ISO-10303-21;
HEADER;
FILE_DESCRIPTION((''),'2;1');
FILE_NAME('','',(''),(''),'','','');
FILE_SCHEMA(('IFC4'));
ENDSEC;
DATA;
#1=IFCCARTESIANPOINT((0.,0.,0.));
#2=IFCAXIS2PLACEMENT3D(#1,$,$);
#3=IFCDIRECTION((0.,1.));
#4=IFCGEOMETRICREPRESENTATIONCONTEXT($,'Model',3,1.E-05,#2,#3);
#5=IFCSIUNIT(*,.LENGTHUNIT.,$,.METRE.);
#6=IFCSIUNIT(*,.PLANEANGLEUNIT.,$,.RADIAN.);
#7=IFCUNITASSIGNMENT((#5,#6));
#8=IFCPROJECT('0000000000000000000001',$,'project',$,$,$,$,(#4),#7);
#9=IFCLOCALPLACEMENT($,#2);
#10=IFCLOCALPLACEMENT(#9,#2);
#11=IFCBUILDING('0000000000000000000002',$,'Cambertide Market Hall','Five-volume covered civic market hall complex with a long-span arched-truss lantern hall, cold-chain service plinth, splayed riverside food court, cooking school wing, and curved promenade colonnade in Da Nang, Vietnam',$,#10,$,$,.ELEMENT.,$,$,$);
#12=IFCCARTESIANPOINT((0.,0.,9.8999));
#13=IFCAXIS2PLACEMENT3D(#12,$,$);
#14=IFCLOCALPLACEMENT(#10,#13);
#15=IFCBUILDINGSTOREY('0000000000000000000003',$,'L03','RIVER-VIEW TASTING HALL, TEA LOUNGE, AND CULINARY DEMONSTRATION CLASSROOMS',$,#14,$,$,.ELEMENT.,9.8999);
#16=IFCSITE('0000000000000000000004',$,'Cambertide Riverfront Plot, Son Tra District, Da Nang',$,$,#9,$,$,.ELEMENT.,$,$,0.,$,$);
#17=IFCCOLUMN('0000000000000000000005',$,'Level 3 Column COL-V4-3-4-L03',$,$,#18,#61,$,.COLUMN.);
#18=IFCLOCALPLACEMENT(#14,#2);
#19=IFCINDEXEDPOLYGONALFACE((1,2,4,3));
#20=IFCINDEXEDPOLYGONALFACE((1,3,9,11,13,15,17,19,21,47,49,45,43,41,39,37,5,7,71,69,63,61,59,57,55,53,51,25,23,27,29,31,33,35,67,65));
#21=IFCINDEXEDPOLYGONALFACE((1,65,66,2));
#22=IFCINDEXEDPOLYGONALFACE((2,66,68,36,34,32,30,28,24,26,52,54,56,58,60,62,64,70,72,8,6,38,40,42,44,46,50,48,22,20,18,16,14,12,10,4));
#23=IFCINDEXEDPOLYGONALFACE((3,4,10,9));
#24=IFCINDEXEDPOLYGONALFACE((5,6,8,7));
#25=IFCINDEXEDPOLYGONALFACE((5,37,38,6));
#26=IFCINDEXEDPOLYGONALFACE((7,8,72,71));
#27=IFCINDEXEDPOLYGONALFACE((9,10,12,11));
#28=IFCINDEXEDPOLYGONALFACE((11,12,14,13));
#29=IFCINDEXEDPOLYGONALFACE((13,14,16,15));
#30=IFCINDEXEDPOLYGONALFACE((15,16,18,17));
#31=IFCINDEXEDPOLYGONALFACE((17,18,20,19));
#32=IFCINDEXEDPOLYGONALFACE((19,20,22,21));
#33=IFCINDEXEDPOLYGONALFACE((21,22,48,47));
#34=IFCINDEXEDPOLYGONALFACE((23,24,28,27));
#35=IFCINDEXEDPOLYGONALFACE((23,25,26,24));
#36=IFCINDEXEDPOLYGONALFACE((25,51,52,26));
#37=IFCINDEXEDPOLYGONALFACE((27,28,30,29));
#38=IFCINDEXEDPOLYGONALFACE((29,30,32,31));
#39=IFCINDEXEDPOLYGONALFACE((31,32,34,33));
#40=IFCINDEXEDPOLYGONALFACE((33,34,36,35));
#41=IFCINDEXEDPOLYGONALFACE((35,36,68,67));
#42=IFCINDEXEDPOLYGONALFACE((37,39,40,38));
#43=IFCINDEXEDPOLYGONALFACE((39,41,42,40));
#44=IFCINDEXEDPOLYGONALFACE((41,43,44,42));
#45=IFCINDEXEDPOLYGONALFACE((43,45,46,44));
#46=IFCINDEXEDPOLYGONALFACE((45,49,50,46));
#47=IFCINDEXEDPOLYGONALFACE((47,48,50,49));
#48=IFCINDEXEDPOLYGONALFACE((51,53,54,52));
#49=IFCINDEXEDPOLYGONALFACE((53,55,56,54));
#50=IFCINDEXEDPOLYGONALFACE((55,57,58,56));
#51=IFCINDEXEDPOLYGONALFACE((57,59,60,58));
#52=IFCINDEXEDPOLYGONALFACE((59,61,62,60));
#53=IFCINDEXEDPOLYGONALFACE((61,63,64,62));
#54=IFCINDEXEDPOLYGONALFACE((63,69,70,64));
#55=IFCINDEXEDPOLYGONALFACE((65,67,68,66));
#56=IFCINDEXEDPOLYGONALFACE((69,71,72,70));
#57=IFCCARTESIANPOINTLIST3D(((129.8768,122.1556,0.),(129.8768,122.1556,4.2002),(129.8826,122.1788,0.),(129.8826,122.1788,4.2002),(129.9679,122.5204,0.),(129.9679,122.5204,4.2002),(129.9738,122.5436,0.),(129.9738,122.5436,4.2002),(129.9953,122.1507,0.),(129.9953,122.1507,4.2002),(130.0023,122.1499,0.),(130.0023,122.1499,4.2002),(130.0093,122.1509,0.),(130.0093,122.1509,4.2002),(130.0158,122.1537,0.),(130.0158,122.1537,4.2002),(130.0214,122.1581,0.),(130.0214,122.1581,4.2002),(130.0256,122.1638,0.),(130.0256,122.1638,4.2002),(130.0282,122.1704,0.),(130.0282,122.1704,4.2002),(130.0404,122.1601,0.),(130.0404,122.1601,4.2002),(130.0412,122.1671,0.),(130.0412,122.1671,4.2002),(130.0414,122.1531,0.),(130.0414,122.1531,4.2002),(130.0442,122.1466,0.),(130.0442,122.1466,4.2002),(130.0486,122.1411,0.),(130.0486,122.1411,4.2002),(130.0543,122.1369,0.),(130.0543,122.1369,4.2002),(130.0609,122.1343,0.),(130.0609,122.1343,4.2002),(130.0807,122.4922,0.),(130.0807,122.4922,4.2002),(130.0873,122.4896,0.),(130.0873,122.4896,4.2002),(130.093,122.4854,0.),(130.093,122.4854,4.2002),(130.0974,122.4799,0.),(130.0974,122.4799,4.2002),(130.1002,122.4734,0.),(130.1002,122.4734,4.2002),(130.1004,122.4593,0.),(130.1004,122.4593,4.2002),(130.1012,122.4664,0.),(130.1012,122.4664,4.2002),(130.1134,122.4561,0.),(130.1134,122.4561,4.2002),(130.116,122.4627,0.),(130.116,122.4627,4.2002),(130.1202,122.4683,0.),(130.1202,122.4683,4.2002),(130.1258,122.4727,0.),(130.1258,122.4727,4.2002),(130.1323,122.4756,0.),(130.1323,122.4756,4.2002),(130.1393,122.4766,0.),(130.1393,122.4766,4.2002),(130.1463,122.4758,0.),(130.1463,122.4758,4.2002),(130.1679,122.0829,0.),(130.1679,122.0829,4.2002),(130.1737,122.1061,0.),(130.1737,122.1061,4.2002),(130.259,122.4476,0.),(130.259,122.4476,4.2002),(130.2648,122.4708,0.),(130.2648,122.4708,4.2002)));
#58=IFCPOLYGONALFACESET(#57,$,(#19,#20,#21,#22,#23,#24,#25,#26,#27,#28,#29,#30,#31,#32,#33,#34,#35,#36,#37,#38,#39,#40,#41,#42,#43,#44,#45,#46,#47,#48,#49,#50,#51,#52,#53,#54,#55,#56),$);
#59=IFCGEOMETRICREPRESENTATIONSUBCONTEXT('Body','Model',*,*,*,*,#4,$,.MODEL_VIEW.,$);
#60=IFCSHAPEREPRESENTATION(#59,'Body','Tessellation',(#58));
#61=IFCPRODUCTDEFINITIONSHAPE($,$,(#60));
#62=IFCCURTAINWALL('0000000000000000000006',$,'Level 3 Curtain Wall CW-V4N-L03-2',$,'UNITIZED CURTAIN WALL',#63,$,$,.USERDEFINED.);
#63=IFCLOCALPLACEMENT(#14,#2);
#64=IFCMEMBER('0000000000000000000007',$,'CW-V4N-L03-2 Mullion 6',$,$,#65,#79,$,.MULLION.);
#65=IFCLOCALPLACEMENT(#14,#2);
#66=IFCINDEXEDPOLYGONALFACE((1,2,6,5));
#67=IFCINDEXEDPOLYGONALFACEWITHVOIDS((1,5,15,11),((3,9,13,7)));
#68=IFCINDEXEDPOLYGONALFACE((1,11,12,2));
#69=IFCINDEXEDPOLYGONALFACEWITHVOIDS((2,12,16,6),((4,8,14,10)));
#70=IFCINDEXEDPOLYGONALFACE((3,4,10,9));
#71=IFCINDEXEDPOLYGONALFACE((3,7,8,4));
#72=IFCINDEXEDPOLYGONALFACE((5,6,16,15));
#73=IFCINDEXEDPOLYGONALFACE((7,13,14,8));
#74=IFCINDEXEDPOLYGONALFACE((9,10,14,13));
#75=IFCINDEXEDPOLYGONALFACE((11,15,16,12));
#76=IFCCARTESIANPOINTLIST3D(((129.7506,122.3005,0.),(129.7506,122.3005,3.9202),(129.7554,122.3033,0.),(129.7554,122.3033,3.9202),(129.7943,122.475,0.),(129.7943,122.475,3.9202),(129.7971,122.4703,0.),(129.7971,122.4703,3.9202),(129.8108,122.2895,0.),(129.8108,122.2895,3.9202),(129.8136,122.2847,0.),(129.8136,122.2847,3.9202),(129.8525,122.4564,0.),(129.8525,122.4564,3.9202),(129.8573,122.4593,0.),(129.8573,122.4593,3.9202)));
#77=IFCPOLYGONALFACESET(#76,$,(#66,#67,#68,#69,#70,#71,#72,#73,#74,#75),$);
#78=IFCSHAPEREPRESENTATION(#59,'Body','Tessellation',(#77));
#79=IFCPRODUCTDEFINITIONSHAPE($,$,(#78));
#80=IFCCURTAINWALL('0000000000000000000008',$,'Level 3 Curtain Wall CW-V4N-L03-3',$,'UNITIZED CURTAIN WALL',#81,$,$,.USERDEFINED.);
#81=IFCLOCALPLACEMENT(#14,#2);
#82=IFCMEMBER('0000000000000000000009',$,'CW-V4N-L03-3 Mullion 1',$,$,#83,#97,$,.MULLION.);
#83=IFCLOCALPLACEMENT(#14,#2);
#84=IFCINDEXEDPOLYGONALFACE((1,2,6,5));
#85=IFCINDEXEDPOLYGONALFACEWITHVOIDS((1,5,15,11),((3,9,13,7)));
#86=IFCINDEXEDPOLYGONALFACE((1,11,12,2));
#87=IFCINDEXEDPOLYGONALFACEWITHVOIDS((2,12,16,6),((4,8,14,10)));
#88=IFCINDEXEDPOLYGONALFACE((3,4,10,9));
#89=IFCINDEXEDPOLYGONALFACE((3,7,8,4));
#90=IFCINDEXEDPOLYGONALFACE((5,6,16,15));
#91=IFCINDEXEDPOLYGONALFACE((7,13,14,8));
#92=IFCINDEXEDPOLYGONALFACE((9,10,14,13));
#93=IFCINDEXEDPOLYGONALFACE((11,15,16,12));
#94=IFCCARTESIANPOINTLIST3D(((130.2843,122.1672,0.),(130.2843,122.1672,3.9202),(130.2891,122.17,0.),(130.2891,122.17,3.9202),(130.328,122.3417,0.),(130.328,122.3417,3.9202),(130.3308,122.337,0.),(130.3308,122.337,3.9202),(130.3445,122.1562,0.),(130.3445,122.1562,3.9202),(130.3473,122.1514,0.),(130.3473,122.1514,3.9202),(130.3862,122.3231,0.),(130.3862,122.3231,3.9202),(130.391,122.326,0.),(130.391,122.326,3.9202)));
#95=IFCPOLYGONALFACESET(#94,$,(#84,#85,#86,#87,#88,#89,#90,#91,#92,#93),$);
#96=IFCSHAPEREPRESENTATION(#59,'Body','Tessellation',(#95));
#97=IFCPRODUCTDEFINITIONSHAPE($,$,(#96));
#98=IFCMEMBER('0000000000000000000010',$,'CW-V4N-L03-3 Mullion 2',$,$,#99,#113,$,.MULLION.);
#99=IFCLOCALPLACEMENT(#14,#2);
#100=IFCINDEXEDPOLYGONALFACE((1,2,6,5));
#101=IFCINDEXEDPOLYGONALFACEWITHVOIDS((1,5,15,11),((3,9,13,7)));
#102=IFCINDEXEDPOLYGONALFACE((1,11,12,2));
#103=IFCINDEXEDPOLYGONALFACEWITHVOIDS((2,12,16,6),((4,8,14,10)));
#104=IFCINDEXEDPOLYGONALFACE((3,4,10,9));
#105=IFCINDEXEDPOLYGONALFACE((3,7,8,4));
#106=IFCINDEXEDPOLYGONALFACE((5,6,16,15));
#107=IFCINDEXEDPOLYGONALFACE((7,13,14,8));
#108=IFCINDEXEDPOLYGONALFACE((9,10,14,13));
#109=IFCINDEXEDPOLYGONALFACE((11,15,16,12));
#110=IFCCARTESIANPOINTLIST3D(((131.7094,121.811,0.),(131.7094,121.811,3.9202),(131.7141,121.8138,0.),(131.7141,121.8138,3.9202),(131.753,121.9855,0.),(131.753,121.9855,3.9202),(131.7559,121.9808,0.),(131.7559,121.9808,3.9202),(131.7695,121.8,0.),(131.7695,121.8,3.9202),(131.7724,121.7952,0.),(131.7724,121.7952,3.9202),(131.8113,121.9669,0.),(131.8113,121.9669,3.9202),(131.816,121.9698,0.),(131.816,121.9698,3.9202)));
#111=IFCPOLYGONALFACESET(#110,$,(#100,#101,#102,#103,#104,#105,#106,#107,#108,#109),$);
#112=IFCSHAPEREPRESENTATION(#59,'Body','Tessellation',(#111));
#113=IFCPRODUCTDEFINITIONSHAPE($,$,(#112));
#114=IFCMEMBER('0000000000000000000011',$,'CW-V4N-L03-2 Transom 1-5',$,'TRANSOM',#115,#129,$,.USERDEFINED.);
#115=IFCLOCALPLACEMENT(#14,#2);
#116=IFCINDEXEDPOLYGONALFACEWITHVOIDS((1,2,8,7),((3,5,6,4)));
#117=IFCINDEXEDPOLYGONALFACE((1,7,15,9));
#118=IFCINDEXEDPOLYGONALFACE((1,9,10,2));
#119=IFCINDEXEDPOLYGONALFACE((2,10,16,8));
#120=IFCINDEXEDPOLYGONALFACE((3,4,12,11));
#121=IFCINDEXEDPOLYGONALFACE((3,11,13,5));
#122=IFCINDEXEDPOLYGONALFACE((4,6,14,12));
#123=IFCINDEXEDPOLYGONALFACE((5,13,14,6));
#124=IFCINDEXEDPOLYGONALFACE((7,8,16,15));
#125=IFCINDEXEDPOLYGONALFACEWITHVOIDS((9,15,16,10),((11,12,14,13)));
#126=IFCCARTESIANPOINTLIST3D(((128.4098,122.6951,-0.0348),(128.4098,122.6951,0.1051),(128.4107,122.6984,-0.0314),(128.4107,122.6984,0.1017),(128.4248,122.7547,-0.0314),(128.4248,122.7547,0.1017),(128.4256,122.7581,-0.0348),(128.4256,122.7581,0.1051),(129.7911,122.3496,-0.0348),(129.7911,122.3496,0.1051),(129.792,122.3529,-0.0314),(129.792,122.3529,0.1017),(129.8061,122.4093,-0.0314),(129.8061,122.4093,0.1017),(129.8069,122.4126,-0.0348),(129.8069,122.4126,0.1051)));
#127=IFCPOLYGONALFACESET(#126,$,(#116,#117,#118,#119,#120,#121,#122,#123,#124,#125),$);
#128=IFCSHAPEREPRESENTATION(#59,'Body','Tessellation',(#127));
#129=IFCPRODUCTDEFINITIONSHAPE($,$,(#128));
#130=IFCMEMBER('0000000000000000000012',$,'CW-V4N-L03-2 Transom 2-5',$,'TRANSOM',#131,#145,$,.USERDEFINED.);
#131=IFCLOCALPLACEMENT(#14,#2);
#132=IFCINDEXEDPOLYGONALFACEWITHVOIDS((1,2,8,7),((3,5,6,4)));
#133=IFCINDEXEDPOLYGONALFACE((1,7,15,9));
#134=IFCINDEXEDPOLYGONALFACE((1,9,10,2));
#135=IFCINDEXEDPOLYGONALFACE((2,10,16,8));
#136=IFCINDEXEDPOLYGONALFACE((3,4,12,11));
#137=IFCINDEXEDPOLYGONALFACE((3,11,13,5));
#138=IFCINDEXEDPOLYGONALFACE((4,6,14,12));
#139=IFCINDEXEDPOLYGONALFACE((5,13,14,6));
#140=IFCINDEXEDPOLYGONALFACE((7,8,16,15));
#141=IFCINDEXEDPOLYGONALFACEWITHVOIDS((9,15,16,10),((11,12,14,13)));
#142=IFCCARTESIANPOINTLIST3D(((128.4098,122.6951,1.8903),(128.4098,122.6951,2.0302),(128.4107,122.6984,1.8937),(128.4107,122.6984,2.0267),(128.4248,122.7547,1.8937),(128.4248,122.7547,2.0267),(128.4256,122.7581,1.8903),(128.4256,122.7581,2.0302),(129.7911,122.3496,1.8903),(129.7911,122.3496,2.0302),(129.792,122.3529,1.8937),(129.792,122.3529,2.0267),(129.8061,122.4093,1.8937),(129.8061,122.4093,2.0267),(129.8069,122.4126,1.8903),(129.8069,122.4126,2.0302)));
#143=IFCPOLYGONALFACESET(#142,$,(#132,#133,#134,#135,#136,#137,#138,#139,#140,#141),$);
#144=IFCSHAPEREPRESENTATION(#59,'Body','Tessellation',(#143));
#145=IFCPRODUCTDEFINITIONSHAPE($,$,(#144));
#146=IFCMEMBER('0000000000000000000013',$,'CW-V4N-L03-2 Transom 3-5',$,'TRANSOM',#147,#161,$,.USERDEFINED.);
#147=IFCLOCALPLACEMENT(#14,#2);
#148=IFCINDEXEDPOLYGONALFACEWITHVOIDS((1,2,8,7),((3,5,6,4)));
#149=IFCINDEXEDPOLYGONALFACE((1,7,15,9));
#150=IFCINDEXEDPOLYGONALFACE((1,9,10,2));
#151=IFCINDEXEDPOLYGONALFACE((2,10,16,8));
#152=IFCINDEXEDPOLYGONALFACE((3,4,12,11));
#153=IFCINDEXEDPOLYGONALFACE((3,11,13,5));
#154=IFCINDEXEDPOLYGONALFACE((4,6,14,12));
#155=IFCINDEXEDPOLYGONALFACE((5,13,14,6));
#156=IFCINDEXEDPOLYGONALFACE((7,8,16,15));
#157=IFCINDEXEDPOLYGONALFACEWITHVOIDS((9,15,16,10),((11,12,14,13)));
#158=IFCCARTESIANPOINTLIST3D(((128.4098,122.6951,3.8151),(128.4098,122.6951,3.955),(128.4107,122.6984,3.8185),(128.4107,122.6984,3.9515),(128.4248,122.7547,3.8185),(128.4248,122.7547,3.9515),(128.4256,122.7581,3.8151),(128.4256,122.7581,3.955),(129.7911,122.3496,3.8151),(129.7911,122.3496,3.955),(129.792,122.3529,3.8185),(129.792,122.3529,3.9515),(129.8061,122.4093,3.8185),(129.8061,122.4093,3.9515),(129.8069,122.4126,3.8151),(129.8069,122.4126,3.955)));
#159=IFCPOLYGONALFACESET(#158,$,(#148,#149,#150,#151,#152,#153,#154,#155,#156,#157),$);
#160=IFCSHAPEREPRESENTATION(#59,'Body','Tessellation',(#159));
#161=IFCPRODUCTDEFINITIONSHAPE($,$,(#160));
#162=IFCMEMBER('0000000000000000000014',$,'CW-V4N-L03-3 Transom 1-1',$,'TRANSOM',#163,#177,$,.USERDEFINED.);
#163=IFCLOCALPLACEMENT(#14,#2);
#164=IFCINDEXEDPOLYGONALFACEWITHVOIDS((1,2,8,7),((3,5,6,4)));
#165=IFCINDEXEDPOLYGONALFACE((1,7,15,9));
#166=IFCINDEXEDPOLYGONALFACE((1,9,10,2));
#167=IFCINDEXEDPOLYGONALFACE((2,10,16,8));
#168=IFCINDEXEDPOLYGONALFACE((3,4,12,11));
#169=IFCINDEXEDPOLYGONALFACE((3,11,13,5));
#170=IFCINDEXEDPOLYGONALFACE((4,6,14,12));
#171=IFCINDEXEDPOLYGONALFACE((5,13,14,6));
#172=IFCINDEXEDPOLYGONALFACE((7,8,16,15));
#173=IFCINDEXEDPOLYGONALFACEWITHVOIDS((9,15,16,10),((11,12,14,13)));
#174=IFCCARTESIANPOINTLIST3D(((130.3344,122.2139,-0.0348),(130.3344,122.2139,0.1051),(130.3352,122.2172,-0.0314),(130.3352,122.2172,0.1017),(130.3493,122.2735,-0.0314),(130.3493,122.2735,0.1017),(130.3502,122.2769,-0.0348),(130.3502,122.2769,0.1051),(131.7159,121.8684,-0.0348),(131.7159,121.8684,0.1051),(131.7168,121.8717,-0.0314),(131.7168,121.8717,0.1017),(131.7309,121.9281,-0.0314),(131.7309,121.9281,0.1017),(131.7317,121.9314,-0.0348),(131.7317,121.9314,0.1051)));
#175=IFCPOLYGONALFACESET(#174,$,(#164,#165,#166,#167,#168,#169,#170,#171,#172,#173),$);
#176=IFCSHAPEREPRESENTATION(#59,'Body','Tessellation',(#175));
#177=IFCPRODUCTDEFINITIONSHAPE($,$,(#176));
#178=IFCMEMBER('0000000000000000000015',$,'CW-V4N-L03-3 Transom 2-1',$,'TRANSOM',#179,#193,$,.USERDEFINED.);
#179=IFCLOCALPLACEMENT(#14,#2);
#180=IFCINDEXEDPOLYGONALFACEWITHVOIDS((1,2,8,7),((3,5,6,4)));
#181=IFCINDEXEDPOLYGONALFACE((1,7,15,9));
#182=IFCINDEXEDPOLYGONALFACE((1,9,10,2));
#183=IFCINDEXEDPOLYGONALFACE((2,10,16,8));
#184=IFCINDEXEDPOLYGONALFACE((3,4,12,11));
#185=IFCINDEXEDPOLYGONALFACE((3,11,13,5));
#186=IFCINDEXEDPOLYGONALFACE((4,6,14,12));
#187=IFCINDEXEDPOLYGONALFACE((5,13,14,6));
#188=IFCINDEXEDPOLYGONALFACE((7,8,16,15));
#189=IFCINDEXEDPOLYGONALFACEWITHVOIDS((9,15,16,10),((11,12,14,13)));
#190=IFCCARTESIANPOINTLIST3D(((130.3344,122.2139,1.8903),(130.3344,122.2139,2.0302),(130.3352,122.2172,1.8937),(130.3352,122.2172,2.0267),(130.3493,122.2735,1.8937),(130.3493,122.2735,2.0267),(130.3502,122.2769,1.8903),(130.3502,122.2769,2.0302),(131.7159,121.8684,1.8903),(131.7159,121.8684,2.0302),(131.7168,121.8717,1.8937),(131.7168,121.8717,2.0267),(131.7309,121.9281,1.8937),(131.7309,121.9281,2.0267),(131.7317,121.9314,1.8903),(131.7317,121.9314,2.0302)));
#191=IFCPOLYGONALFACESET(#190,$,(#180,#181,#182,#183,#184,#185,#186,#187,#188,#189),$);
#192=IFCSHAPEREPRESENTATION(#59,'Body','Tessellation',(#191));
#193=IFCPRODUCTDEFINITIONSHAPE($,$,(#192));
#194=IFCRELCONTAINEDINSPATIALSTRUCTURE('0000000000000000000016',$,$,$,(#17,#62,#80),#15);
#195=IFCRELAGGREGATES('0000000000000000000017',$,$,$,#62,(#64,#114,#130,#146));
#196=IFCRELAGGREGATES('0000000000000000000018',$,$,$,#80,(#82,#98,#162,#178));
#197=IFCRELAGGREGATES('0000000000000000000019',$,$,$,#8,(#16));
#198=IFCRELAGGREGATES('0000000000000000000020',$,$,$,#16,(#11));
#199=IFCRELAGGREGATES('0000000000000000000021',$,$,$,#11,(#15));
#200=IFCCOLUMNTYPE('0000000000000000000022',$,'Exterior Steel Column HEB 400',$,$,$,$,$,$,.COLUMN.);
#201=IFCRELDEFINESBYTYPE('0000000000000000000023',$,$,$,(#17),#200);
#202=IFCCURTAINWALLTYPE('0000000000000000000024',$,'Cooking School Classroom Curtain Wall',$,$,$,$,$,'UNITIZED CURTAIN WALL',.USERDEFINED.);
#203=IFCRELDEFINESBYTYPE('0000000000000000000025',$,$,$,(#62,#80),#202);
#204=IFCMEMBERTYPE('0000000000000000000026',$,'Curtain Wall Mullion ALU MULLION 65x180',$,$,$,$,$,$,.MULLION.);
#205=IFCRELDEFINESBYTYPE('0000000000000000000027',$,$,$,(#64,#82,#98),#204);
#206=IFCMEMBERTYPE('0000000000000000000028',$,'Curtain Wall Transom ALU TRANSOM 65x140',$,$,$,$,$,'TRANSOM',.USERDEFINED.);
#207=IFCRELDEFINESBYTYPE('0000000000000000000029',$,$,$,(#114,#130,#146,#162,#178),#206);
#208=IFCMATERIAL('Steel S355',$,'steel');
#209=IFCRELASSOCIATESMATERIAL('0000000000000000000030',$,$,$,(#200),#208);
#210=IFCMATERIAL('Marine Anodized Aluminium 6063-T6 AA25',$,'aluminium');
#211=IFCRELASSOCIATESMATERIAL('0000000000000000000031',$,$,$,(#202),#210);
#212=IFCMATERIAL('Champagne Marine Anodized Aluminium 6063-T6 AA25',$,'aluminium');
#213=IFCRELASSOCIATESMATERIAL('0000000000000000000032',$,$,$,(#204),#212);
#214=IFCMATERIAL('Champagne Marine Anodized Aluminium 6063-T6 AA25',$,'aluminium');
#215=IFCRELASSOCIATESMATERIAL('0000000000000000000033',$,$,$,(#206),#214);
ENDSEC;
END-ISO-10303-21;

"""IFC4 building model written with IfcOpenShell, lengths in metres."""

from ifc_helpers import new_model, si_unit, direction, frame, origin, origin_2d, place, context, subcontext, project, spatial, hollow_rectangle, i_section, extrude, material, material_profile, profile_set, type_object, element, aggregate, save


model = new_model("IFC4")

# Units and contexts
model_context = context("Model", 3, precision=1e-05, world=origin(), true_north=direction((0.0, 1.0)))
body_context = subcontext(model_context, "Body", "Model", "MODEL_VIEW")
ifc_project = project(units=[si_unit("LENGTHUNIT", "METRE"), si_unit("PLANEANGLEUNIT", "RADIAN")], contexts=[model_context])

# Site, building, storey
site_placement = place(None, origin())
site = spatial("IfcSite", under=ifc_project, at=site_placement, Name="Cambertide Riverfront Plot, Son Tra District, Da Nang", CompositionType="ELEMENT", RefElevation=0.0)
building_placement = place(site_placement, origin())
building = spatial("IfcBuilding", under=site, at=building_placement, Name="Cambertide Market Hall", Description="Five-volume covered civic market hall complex with a long-span arched-truss lantern hall, cold-chain service plinth, splayed riverside food court, cooking school wing, and curved promenade colonnade in Da Nang, Vietnam", CompositionType="ELEMENT")
storey_placement = place(building_placement, frame((0.0, 0.0, 9.8999)))
storey = spatial("IfcBuildingStorey", under=building, at=storey_placement, Name="L03", Description="RIVER-VIEW TASTING HALL, TEA LOUNGE, AND CULINARY DEMONSTRATION CLASSROOMS", CompositionType="ELEMENT", Elevation=9.8999)

# Column
ifc_material_1 = material(Name="Steel S355", Category="steel")
ifc_material_profile_1 = material_profile(ifc_material_1, i_section(OverallWidth=0.3, OverallDepth=0.3999, WebThickness=0.0134, FlangeThickness=0.0239, FilletRadius=0.0271, at=origin_2d()), Name="HEB 400")
ifc_profile_set_1 = profile_set([ifc_material_profile_1], Name="Steel S355")
column_type = type_object("IfcColumnType", Name="Exterior Steel Column HEB 400", PredefinedType="COLUMN", material=ifc_profile_set_1)
column_placement = place(storey_placement, frame((130.0708, 122.3132, 0.0), z_axis=(0.0, 0.0, 1.0), x_axis=(0.970143, -0.242536, 0.0)))
element("IfcColumn", 1, at=column_placement, inside=storey, type_object=column_type, Name="Level 3 Column COL-V4-3-4-L03", PredefinedType="COLUMN", context=body_context, shape_type="SweptSolid", body=[
    extrude(i_section(OverallWidth=0.3, OverallDepth=0.3999, WebThickness=0.0134, FlangeThickness=0.0239, FilletRadius=0.0271, at=origin_2d()), origin(), (0.0, 0.0, 1.0), 4.2002),
])

# Curtain wall, member
ifc_material_2 = material(Name="Marine Anodized Aluminium 6063-T6 AA25", Category="aluminium")
curtain_wall_type = type_object("IfcCurtainWallType", Name="Cooking School Classroom Curtain Wall", ElementType="UNITIZED CURTAIN WALL", PredefinedType="USERDEFINED", material=ifc_material_2)
curtain_wall_1_placement = place(storey_placement, origin())
curtain_wall_1 = element("IfcCurtainWall", 2, at=curtain_wall_1_placement, inside=storey, type_object=curtain_wall_type, Name="Level 3 Curtain Wall CW-V4N-L03-2", ObjectType="UNITIZED CURTAIN WALL", PredefinedType="USERDEFINED")
ifc_material_3 = material(Name="Champagne Marine Anodized Aluminium 6063-T6 AA25", Category="aluminium")
ifc_material_profile_2 = material_profile(ifc_material_3, hollow_rectangle(XDim=0.0649, YDim=0.1799, WallThickness=0.0039, at=origin_2d()), Name="ALU MULLION 65x180")
ifc_profile_set_2 = profile_set([ifc_material_profile_2], Name="Champagne Marine Anodized Aluminium 6063-T6 AA25")
member_type_1 = type_object("IfcMemberType", Name="Curtain Wall Mullion ALU MULLION 65x180", PredefinedType="MULLION", material=ifc_profile_set_2)
member_1_placement = place(storey_placement, frame((129.804, 122.3799, 0.0), z_axis=(0.0, 0.0, 1.0), x_axis=(0.970143, -0.242536, 0.0)))
member_1 = element("IfcMember", 3, at=member_1_placement, type_object=member_type_1, Name="CW-V4N-L03-2 Mullion 6", PredefinedType="MULLION", context=body_context, shape_type="SweptSolid", body=[
    extrude(hollow_rectangle(XDim=0.0649, YDim=0.1799, WallThickness=0.0039, at=origin_2d()), origin(), (0.0, 0.0, 1.0), 3.9202),
])

# Curtain wall, members
curtain_wall_2_placement = place(storey_placement, origin())
curtain_wall_2 = element("IfcCurtainWall", 4, at=curtain_wall_2_placement, inside=storey, type_object=curtain_wall_type, Name="Level 3 Curtain Wall CW-V4N-L03-3", ObjectType="UNITIZED CURTAIN WALL", PredefinedType="USERDEFINED")
member_2_placement = place(storey_placement, frame((130.3376, 122.2466, 0.0), z_axis=(0.0, 0.0, 1.0), x_axis=(0.970143, -0.242536, 0.0)))
member_2 = element("IfcMember", 5, at=member_2_placement, type_object=member_type_1, Name="CW-V4N-L03-3 Mullion 1", PredefinedType="MULLION", context=body_context, shape_type="SweptSolid", body=[
    extrude(hollow_rectangle(XDim=0.0649, YDim=0.1799, WallThickness=0.0039, at=origin_2d()), origin(), (0.0, 0.0, 1.0), 3.9202),
])
member_3_placement = place(storey_placement, frame((131.7627, 121.8904, 0.0), z_axis=(0.0, 0.0, 1.0), x_axis=(0.970143, -0.242536, 0.0)))
member_3 = element("IfcMember", 6, at=member_3_placement, type_object=member_type_1, Name="CW-V4N-L03-3 Mullion 2", PredefinedType="MULLION", context=body_context, shape_type="SweptSolid", body=[
    extrude(hollow_rectangle(XDim=0.0649, YDim=0.1799, WallThickness=0.0039, at=origin_2d()), origin(), (0.0, 0.0, 1.0), 3.9202),
])

# Members
ifc_material_4 = material(Name="Champagne Marine Anodized Aluminium 6063-T6 AA25", Category="aluminium")
ifc_material_profile_3 = material_profile(ifc_material_4, hollow_rectangle(XDim=0.0649, YDim=0.1399, WallThickness=0.0034, at=origin_2d()), Name="ALU TRANSOM 65x140")
ifc_profile_set_3 = profile_set([ifc_material_profile_3], Name="Champagne Marine Anodized Aluminium 6063-T6 AA25")
member_type_2 = type_object("IfcMemberType", Name="Curtain Wall Transom ALU TRANSOM 65x140", ElementType="TRANSOM", PredefinedType="USERDEFINED", material=ifc_profile_set_3)
member_4_placement = place(storey_placement, frame((128.4177, 122.7266, 0.0352), z_axis=(0.970122, -0.242616, 0.0), x_axis=(0.242616, 0.970122, 0.0)))
member_4 = element("IfcMember", 7, at=member_4_placement, type_object=member_type_2, Name="CW-V4N-L03-2 Transom 1-5", ObjectType="TRANSOM", PredefinedType="USERDEFINED", context=body_context, shape_type="SweptSolid", body=[
    extrude(hollow_rectangle(XDim=0.0649, YDim=0.1399, WallThickness=0.0034, at=origin_2d()), origin(), (0.0, 0.0, 1.0), 1.4238),
])
member_5_placement = place(storey_placement, frame((128.4177, 122.7266, 1.9602), z_axis=(0.970122, -0.242616, 0.0), x_axis=(0.242616, 0.970122, 0.0)))
member_5 = element("IfcMember", 8, at=member_5_placement, type_object=member_type_2, Name="CW-V4N-L03-2 Transom 2-5", ObjectType="TRANSOM", PredefinedType="USERDEFINED", context=body_context, shape_type="SweptSolid", body=[
    extrude(hollow_rectangle(XDim=0.0649, YDim=0.1399, WallThickness=0.0034, at=origin_2d()), origin(), (0.0, 0.0, 1.0), 1.4238),
])
member_6_placement = place(storey_placement, frame((128.4177, 122.7266, 3.885), z_axis=(0.970122, -0.242616, 0.0), x_axis=(0.242616, 0.970122, 0.0)))
member_6 = element("IfcMember", 9, at=member_6_placement, type_object=member_type_2, Name="CW-V4N-L03-2 Transom 3-5", ObjectType="TRANSOM", PredefinedType="USERDEFINED", context=body_context, shape_type="SweptSolid", body=[
    extrude(hollow_rectangle(XDim=0.0649, YDim=0.1399, WallThickness=0.0034, at=origin_2d()), origin(), (0.0, 0.0, 1.0), 1.4238),
])
member_7_placement = place(storey_placement, frame((130.3423, 122.2454, 0.0352), z_axis=(0.970132, -0.242576, 0.0), x_axis=(0.242576, 0.970132, 0.0)))
member_7 = element("IfcMember", 10, at=member_7_placement, type_object=member_type_2, Name="CW-V4N-L03-3 Transom 1-1", ObjectType="TRANSOM", PredefinedType="USERDEFINED", context=body_context, shape_type="SweptSolid", body=[
    extrude(hollow_rectangle(XDim=0.0649, YDim=0.1399, WallThickness=0.0034, at=origin_2d()), origin(), (0.0, 0.0, 1.0), 1.4241),
])
member_8_placement = place(storey_placement, frame((130.3423, 122.2454, 1.9602), z_axis=(0.970132, -0.242576, 0.0), x_axis=(0.242576, 0.970132, 0.0)))
member_8 = element("IfcMember", 11, at=member_8_placement, type_object=member_type_2, Name="CW-V4N-L03-3 Transom 2-1", ObjectType="TRANSOM", PredefinedType="USERDEFINED", context=body_context, shape_type="SweptSolid", body=[
    extrude(hollow_rectangle(XDim=0.0649, YDim=0.1399, WallThickness=0.0034, at=origin_2d()), origin(), (0.0, 0.0, 1.0), 1.4241),
])

aggregate(curtain_wall_1, [member_1, member_4, member_5, member_6])
aggregate(curtain_wall_2, [member_2, member_3, member_7, member_8])

save(model, "model.ifc")
